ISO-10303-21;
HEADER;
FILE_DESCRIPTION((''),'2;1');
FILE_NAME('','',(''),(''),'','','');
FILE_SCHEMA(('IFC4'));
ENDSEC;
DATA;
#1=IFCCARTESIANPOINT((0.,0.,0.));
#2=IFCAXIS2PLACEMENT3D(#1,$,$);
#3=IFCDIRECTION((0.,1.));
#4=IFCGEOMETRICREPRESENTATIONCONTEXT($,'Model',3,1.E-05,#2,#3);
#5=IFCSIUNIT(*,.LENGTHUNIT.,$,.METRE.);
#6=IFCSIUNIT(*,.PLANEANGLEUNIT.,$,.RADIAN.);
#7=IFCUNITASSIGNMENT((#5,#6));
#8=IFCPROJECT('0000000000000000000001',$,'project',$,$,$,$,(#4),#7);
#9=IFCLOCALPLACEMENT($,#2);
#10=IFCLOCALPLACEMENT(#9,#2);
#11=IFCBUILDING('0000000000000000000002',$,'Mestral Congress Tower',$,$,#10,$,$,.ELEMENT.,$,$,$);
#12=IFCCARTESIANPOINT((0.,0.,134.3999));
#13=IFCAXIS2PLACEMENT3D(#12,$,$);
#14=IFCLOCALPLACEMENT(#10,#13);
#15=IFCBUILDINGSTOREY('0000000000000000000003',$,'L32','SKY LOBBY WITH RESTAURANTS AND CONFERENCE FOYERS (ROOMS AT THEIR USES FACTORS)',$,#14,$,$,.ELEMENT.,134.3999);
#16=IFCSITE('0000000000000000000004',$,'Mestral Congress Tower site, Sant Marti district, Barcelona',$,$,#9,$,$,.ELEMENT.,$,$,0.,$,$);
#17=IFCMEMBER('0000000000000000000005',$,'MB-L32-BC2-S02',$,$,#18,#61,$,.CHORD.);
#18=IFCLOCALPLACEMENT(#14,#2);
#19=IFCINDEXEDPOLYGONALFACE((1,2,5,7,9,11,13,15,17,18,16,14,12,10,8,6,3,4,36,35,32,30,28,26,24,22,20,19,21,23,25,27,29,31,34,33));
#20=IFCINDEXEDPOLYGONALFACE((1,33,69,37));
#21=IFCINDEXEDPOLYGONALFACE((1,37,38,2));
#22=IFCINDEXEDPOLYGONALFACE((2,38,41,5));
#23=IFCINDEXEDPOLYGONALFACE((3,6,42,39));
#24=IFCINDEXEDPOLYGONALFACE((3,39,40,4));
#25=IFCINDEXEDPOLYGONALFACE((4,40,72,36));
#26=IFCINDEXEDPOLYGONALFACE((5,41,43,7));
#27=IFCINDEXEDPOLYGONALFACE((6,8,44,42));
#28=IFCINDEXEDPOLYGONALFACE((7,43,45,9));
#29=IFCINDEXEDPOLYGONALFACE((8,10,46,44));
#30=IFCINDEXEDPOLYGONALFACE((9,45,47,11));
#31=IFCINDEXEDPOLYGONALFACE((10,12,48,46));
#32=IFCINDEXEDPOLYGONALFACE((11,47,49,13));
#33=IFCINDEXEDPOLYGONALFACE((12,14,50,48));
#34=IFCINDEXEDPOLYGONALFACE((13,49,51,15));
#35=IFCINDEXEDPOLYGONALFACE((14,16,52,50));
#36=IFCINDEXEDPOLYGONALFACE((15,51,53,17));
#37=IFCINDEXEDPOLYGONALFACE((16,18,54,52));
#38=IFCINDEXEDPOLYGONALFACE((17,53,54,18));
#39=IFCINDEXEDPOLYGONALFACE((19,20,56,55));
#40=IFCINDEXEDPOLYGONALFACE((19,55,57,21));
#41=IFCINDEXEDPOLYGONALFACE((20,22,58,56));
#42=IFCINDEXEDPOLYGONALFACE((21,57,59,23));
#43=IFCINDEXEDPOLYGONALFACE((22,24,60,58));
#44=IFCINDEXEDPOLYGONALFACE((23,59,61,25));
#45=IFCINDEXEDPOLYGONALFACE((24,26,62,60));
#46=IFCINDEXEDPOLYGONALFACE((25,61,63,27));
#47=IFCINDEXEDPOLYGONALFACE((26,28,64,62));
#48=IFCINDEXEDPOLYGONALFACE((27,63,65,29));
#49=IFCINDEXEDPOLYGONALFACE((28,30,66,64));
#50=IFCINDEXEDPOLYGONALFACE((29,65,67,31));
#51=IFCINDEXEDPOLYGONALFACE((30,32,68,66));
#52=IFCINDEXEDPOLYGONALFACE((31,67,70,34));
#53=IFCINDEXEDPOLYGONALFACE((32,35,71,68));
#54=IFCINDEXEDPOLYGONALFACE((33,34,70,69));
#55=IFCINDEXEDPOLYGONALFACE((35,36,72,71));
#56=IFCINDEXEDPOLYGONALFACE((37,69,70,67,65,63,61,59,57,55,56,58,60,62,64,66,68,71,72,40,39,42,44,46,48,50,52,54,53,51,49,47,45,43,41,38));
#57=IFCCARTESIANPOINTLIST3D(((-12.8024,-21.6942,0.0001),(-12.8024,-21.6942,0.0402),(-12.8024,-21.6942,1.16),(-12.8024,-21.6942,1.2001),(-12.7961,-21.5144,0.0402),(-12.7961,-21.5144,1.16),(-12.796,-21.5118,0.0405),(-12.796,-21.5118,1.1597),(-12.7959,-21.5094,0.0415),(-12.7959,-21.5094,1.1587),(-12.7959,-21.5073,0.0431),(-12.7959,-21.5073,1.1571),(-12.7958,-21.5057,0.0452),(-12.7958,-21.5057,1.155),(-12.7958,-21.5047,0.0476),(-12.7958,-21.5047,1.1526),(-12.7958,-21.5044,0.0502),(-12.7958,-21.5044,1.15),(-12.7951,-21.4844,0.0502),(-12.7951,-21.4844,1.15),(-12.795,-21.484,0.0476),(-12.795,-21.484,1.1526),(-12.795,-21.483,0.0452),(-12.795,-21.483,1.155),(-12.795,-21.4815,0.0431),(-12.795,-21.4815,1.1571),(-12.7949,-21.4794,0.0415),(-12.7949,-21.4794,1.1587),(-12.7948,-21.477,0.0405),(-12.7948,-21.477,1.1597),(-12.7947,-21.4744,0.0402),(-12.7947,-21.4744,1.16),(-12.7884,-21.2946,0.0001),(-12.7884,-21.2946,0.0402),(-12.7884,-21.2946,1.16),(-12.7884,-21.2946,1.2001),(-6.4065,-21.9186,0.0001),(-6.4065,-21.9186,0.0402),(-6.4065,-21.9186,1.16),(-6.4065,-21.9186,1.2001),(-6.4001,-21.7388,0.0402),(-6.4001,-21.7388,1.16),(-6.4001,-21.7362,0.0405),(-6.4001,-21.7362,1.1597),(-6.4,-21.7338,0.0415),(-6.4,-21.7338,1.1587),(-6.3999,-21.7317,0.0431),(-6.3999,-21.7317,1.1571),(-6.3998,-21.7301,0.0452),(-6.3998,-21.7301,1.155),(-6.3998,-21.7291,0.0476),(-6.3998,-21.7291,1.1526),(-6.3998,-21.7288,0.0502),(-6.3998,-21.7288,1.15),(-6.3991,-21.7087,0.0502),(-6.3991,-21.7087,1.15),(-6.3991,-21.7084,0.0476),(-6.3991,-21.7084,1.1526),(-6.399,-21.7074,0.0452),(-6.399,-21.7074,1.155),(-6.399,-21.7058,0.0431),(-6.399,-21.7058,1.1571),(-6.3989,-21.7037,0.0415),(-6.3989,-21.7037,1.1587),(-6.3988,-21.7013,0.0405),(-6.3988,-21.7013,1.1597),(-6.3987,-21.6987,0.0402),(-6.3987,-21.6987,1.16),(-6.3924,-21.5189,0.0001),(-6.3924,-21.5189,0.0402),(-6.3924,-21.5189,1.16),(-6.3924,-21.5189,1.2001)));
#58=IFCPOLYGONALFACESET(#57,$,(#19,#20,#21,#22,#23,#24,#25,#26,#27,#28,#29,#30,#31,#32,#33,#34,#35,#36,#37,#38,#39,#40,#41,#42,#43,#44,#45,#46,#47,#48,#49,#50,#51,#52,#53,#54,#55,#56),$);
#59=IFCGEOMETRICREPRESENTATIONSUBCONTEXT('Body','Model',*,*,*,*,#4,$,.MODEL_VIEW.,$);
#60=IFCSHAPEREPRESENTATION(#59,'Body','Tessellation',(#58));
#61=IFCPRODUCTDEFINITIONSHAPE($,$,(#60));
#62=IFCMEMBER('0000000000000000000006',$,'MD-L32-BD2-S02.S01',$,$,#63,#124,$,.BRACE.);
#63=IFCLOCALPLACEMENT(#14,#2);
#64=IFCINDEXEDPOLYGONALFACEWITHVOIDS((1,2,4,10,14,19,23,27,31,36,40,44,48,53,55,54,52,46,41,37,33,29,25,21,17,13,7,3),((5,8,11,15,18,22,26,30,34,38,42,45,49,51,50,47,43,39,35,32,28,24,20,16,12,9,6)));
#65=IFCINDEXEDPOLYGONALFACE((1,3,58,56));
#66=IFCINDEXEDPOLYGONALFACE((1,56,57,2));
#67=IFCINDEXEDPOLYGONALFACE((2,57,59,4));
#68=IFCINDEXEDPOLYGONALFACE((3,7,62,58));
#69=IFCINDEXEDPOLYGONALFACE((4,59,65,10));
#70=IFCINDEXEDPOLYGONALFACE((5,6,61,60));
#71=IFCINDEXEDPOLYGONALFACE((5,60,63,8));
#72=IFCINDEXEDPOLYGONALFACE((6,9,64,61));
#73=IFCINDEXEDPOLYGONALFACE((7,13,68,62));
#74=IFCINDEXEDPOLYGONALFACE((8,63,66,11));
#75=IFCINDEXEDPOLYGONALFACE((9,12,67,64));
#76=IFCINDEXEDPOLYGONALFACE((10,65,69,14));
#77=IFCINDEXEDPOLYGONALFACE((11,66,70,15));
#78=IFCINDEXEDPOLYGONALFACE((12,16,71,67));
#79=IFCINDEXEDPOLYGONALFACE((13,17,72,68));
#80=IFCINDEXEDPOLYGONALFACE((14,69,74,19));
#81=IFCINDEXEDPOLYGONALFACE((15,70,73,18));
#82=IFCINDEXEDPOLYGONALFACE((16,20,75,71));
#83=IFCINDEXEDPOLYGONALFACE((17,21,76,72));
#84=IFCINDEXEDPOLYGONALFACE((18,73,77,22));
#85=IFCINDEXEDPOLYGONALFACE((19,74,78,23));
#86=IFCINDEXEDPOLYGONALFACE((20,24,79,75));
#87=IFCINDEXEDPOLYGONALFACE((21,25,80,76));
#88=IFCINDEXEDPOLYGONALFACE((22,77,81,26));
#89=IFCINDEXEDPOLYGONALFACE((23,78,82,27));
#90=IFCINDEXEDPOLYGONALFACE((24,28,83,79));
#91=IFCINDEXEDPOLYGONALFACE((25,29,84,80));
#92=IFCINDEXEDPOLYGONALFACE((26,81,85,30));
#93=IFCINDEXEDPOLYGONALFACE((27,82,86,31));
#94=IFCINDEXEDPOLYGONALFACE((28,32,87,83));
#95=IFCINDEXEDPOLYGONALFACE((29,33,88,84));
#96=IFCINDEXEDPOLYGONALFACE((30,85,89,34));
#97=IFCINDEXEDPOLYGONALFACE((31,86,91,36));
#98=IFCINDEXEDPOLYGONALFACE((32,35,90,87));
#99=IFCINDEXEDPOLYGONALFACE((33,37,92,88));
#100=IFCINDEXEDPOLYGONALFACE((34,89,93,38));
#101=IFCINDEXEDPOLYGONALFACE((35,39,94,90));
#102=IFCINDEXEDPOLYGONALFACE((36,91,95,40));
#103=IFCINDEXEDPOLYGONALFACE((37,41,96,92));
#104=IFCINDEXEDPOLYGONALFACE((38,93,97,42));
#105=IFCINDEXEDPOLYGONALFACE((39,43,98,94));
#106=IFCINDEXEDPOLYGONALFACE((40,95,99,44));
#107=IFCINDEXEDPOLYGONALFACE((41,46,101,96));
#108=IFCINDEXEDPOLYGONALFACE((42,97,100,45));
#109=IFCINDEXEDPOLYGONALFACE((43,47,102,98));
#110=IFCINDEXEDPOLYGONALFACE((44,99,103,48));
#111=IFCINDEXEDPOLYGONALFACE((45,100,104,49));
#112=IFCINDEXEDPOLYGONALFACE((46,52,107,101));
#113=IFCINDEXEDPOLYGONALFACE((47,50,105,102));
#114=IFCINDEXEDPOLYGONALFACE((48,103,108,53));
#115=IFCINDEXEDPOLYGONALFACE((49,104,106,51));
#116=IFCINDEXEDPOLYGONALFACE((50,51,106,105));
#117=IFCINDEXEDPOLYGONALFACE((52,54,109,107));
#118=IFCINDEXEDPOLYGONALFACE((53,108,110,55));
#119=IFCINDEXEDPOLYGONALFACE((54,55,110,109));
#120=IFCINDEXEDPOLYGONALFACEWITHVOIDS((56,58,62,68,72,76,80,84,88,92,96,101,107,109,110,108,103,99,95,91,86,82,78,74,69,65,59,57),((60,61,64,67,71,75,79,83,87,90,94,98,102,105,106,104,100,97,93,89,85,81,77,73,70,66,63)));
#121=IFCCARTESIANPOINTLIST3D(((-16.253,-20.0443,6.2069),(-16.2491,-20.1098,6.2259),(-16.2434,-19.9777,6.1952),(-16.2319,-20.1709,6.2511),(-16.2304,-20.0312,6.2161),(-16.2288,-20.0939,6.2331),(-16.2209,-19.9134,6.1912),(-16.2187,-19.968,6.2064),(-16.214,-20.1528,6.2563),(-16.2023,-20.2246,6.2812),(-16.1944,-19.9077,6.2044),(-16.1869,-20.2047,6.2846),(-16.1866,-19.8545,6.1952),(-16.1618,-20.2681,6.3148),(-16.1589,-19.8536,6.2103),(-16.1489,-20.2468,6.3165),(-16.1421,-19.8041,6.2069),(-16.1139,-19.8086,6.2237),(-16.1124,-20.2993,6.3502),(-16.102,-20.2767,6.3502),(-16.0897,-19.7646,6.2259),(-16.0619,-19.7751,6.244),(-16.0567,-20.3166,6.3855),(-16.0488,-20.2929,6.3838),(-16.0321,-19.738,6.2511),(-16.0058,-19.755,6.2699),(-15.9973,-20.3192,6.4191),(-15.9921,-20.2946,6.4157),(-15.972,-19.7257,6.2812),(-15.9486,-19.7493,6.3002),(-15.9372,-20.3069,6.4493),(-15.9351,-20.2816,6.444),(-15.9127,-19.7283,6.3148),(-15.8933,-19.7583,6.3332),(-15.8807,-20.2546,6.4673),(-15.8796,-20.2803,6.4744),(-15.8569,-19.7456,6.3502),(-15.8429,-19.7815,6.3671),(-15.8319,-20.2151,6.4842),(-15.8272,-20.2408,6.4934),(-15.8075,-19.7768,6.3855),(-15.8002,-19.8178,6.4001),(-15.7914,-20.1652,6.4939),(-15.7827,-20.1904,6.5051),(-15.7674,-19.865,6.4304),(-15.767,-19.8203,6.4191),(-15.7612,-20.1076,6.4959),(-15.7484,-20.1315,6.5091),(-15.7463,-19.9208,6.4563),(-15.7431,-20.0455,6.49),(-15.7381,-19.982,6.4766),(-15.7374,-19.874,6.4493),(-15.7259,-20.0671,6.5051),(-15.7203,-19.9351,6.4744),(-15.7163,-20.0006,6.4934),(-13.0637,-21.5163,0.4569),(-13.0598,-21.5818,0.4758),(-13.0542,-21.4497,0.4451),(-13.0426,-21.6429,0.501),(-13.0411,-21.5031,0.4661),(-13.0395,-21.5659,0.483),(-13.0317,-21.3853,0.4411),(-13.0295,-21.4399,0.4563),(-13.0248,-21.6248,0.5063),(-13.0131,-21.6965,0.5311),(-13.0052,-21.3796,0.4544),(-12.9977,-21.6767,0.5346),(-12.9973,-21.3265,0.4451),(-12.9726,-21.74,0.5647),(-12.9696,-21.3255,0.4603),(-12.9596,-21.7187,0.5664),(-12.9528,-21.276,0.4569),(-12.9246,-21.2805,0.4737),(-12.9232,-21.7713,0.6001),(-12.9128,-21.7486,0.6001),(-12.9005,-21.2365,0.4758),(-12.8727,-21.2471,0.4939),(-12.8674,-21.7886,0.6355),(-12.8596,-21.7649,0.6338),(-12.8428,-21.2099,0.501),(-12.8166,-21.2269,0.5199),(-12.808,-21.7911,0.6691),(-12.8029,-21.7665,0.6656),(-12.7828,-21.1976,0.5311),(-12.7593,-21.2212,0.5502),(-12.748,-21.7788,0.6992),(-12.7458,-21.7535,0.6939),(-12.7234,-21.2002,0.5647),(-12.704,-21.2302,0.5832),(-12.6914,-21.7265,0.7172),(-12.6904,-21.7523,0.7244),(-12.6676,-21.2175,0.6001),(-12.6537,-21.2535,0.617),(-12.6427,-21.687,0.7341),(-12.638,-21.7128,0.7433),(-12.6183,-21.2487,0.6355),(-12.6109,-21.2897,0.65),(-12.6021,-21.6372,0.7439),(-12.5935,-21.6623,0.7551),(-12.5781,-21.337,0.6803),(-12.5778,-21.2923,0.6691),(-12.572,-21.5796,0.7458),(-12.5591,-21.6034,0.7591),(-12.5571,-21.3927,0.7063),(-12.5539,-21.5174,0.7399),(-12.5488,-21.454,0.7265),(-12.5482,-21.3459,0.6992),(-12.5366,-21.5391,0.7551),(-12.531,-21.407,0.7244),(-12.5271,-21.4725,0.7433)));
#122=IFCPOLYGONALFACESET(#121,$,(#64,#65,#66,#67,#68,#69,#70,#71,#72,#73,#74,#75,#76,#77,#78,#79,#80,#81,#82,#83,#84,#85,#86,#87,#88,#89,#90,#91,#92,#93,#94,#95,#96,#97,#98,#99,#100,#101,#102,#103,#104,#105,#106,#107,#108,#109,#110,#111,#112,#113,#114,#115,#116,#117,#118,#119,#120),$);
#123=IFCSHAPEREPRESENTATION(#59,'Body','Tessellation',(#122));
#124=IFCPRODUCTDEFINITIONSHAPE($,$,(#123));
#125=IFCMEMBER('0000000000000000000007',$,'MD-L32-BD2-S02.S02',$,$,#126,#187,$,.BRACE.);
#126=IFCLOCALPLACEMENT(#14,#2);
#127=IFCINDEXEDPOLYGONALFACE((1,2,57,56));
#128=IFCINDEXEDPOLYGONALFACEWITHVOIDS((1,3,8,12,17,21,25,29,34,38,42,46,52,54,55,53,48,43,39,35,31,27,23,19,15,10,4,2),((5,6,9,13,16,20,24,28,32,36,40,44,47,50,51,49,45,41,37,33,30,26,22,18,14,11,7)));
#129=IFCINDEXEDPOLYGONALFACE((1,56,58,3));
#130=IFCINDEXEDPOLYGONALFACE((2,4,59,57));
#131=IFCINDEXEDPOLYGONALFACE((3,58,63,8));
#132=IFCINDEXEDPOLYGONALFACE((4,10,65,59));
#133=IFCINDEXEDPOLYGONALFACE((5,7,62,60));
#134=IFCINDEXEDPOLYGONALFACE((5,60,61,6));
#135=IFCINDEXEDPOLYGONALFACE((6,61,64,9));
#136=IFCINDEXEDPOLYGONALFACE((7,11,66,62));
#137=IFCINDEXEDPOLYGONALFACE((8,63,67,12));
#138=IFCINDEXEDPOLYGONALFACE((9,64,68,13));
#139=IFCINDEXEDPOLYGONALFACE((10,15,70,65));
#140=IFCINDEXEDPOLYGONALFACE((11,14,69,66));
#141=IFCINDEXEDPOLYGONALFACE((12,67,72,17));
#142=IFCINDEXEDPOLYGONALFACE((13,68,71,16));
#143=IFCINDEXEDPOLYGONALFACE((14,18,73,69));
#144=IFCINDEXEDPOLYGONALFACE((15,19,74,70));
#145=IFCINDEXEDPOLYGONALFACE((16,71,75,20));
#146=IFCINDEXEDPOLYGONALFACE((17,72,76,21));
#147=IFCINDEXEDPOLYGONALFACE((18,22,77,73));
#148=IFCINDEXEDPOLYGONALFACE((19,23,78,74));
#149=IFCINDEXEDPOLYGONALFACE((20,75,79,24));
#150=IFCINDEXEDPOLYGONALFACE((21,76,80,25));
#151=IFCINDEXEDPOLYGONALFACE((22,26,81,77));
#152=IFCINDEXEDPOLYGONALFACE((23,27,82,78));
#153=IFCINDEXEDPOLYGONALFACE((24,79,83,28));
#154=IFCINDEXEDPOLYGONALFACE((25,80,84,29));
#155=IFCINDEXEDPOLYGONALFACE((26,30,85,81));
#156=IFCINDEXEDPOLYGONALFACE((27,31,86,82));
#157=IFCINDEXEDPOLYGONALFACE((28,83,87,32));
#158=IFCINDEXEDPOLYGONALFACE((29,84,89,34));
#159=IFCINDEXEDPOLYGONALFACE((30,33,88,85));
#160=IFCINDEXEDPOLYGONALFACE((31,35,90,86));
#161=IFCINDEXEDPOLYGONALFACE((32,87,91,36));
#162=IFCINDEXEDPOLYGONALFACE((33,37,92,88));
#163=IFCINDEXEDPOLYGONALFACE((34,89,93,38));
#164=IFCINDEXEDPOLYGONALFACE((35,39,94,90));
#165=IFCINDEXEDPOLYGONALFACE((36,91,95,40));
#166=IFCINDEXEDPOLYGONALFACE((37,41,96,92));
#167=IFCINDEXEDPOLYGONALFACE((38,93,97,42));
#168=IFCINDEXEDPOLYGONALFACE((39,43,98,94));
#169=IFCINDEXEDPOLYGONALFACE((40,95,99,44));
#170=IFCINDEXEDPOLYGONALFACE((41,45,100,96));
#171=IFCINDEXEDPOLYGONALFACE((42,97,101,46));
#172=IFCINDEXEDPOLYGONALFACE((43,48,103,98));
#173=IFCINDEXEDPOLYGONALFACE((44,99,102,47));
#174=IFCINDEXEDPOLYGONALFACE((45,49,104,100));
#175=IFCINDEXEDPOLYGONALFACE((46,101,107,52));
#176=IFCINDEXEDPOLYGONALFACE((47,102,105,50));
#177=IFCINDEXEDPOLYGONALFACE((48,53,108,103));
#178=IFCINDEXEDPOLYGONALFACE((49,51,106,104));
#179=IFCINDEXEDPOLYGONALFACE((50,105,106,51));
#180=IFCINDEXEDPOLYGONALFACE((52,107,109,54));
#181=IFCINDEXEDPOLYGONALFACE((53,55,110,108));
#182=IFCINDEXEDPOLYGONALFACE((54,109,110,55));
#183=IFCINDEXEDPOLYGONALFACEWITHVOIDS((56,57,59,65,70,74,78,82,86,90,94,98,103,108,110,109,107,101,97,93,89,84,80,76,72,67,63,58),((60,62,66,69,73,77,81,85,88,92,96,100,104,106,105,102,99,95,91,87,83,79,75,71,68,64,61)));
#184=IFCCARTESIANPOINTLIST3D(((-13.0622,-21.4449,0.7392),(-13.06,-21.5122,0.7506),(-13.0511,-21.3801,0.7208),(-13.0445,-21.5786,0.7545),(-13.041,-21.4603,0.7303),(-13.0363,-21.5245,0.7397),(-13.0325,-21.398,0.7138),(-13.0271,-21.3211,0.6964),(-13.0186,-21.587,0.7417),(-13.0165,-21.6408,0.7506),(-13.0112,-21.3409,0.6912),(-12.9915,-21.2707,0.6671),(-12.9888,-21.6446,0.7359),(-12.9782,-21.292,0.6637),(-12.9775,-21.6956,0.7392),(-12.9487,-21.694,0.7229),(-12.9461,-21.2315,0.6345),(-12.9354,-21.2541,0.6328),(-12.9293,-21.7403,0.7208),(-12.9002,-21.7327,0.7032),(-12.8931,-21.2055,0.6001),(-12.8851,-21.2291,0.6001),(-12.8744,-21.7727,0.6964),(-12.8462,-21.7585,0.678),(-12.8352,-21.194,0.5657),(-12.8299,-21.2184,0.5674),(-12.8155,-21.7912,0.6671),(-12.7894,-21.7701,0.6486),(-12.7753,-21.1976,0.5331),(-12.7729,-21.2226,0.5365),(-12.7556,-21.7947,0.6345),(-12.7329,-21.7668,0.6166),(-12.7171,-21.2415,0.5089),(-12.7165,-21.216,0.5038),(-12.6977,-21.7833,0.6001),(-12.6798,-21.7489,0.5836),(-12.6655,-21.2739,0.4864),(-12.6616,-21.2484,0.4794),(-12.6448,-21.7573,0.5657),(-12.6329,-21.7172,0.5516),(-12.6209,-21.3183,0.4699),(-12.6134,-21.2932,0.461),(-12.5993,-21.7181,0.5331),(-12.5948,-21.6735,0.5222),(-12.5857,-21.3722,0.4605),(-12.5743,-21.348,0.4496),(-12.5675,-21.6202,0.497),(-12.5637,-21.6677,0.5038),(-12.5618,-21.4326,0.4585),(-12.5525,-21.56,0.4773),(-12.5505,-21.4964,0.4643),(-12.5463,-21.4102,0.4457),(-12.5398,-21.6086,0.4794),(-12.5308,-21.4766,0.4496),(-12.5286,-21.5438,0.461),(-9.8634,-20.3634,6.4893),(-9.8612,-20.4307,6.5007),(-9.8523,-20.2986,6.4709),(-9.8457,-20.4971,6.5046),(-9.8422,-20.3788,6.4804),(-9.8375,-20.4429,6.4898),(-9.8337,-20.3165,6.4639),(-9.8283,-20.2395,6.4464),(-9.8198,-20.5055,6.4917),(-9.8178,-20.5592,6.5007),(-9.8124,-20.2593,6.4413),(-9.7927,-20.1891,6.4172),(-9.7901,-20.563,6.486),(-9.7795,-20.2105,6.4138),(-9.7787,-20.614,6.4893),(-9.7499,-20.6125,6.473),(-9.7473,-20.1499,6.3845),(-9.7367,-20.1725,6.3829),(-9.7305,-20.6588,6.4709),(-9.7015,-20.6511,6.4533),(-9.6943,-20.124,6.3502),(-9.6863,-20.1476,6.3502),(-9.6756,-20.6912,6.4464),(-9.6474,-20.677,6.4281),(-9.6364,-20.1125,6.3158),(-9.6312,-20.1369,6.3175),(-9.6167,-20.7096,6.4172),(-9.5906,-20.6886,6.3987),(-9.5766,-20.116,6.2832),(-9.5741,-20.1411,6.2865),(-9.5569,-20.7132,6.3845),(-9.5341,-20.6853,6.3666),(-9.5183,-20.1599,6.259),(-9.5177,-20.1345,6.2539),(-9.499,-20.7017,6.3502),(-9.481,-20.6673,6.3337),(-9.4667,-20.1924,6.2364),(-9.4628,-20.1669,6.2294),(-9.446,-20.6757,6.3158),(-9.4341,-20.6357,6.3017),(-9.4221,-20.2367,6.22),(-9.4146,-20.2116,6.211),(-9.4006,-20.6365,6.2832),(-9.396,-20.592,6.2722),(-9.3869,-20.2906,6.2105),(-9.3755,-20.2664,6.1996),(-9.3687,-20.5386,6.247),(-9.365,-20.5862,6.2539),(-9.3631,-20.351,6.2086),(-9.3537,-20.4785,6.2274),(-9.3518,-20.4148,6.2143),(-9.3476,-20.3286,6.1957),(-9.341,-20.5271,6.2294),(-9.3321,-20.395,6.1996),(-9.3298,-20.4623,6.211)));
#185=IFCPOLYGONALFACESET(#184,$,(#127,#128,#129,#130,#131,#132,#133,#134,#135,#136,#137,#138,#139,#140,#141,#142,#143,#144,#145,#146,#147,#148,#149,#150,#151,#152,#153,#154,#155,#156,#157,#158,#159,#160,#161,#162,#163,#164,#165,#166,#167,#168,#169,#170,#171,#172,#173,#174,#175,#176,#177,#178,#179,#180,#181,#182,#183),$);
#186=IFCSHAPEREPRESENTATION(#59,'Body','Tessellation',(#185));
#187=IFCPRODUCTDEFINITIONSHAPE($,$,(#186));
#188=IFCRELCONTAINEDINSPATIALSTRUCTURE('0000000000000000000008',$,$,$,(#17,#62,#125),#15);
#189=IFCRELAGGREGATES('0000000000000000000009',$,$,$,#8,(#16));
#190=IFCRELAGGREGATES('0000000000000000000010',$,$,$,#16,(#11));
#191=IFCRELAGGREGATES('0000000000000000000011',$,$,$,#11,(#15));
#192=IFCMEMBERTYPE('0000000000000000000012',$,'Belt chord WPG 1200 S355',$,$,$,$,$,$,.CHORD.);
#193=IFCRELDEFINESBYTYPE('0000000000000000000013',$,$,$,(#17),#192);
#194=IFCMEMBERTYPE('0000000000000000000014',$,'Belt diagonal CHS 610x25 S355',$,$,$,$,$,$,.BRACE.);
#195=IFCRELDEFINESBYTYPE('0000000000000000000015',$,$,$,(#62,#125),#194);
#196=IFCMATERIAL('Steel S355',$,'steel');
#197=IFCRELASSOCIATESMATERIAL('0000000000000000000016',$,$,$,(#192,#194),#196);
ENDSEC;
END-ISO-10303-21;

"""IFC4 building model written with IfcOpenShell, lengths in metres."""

from ifc_helpers import new_model, si_unit, direction, frame, origin, origin_2d, place, context, subcontext, project, spatial, hollow_circle, i_section, extrude, material, material_profile, profile_set, type_object, element, save


model = new_model("IFC4")

# Units and contexts
model_context = context("Model", 3, precision=1e-05, world=origin(), true_north=direction((0.0, 1.0)))
body_context = subcontext(model_context, "Body", "Model", "MODEL_VIEW")
ifc_project = project(units=[si_unit("LENGTHUNIT", "METRE"), si_unit("PLANEANGLEUNIT", "RADIAN")], contexts=[model_context])

# Site, building, storey
site_placement = place(None, origin())
site = spatial("IfcSite", under=ifc_project, at=site_placement, Name="Mestral Congress Tower site, Sant Marti district, Barcelona", CompositionType="ELEMENT", RefElevation=0.0)
building_placement = place(site_placement, origin())
building = spatial("IfcBuilding", under=site, at=building_placement, Name="Mestral Congress Tower", CompositionType="ELEMENT")
storey_placement = place(building_placement, frame((0.0, 0.0, 134.3999)))
storey = spatial("IfcBuildingStorey", under=building, at=storey_placement, Name="L32", Description="SKY LOBBY WITH RESTAURANTS AND CONFERENCE FOYERS (ROOMS AT THEIR USES FACTORS)", CompositionType="ELEMENT", Elevation=134.3999)

# Members
ifc_material_1 = material(Name="Steel S355", Category="steel")
ifc_material_profile_1 = material_profile(ifc_material_1, i_section(OverallWidth=0.3999, OverallDepth=1.2, WebThickness=0.02, FlangeThickness=0.04, FilletRadius=0.01, at=origin_2d()), Name="WPG 1200")
ifc_profile_set_1 = profile_set([ifc_material_profile_1], Name="Steel S355")
member_type_1 = type_object("IfcMemberType", Name="Belt chord WPG 1200 S355", PredefinedType="CHORD", material=ifc_profile_set_1)
member_1_placement = place(storey_placement, frame((-12.7954, -21.4944, 0.6001), z_axis=(0.999385, -0.035057, 0.0), x_axis=(0.035057, 0.999385, 0.0)))
element("IfcMember", 1, at=member_1_placement, inside=storey, type_object=member_type_1, Name="MB-L32-BC2-S02", PredefinedType="CHORD", context=body_context, shape_type="SweptSolid", body=[
    extrude(i_section(OverallWidth=0.3999, OverallDepth=1.2, WebThickness=0.02, FlangeThickness=0.04, FilletRadius=0.01, at=origin_2d()), origin(), (0.0, 0.0, 1.0), 6.3999),
])
ifc_material_profile_2 = material_profile(ifc_material_1, hollow_circle(Radius=0.3049, WallThickness=0.0249, at=origin_2d()), Name="CHS 610x25")
ifc_profile_set_2 = profile_set([ifc_material_profile_2], Name="Steel S355")
member_type_2 = type_object("IfcMemberType", Name="Belt diagonal CHS 610x25 S355", PredefinedType="BRACE", material=ifc_profile_set_2)
member_2_placement = place(storey_placement, frame((-12.7954, -21.4944, 0.6001), z_axis=(-0.47332, 0.218452, 0.853374), x_axis=(-0.419054, -0.907961, 0.0)))
element("IfcMember", 2, at=member_2_placement, inside=storey, type_object=member_type_2, Name="MD-L32-BD2-S02.S01", PredefinedType="BRACE", context=body_context, shape_type="SweptSolid", body=[
    extrude(hollow_circle(Radius=0.3049, WallThickness=0.0249, at=origin_2d()), origin(), (0.0, 0.0, 1.0), 6.738),
])
member_3_placement = place(storey_placement, frame((-12.7954, -21.4944, 0.6001), z_axis=(0.479703, 0.162196, 0.862309), x_axis=(-0.320303, 0.947315, 0.0)))
element("IfcMember", 3, at=member_3_placement, inside=storey, type_object=member_type_2, Name="MD-L32-BD2-S02.S02", PredefinedType="BRACE", context=body_context, shape_type="SweptSolid", body=[
    extrude(hollow_circle(Radius=0.3049, WallThickness=0.0249, at=origin_2d()), origin(), (0.0, 0.0, 1.0), 6.6682),
])

save(model, "model.ifc")
